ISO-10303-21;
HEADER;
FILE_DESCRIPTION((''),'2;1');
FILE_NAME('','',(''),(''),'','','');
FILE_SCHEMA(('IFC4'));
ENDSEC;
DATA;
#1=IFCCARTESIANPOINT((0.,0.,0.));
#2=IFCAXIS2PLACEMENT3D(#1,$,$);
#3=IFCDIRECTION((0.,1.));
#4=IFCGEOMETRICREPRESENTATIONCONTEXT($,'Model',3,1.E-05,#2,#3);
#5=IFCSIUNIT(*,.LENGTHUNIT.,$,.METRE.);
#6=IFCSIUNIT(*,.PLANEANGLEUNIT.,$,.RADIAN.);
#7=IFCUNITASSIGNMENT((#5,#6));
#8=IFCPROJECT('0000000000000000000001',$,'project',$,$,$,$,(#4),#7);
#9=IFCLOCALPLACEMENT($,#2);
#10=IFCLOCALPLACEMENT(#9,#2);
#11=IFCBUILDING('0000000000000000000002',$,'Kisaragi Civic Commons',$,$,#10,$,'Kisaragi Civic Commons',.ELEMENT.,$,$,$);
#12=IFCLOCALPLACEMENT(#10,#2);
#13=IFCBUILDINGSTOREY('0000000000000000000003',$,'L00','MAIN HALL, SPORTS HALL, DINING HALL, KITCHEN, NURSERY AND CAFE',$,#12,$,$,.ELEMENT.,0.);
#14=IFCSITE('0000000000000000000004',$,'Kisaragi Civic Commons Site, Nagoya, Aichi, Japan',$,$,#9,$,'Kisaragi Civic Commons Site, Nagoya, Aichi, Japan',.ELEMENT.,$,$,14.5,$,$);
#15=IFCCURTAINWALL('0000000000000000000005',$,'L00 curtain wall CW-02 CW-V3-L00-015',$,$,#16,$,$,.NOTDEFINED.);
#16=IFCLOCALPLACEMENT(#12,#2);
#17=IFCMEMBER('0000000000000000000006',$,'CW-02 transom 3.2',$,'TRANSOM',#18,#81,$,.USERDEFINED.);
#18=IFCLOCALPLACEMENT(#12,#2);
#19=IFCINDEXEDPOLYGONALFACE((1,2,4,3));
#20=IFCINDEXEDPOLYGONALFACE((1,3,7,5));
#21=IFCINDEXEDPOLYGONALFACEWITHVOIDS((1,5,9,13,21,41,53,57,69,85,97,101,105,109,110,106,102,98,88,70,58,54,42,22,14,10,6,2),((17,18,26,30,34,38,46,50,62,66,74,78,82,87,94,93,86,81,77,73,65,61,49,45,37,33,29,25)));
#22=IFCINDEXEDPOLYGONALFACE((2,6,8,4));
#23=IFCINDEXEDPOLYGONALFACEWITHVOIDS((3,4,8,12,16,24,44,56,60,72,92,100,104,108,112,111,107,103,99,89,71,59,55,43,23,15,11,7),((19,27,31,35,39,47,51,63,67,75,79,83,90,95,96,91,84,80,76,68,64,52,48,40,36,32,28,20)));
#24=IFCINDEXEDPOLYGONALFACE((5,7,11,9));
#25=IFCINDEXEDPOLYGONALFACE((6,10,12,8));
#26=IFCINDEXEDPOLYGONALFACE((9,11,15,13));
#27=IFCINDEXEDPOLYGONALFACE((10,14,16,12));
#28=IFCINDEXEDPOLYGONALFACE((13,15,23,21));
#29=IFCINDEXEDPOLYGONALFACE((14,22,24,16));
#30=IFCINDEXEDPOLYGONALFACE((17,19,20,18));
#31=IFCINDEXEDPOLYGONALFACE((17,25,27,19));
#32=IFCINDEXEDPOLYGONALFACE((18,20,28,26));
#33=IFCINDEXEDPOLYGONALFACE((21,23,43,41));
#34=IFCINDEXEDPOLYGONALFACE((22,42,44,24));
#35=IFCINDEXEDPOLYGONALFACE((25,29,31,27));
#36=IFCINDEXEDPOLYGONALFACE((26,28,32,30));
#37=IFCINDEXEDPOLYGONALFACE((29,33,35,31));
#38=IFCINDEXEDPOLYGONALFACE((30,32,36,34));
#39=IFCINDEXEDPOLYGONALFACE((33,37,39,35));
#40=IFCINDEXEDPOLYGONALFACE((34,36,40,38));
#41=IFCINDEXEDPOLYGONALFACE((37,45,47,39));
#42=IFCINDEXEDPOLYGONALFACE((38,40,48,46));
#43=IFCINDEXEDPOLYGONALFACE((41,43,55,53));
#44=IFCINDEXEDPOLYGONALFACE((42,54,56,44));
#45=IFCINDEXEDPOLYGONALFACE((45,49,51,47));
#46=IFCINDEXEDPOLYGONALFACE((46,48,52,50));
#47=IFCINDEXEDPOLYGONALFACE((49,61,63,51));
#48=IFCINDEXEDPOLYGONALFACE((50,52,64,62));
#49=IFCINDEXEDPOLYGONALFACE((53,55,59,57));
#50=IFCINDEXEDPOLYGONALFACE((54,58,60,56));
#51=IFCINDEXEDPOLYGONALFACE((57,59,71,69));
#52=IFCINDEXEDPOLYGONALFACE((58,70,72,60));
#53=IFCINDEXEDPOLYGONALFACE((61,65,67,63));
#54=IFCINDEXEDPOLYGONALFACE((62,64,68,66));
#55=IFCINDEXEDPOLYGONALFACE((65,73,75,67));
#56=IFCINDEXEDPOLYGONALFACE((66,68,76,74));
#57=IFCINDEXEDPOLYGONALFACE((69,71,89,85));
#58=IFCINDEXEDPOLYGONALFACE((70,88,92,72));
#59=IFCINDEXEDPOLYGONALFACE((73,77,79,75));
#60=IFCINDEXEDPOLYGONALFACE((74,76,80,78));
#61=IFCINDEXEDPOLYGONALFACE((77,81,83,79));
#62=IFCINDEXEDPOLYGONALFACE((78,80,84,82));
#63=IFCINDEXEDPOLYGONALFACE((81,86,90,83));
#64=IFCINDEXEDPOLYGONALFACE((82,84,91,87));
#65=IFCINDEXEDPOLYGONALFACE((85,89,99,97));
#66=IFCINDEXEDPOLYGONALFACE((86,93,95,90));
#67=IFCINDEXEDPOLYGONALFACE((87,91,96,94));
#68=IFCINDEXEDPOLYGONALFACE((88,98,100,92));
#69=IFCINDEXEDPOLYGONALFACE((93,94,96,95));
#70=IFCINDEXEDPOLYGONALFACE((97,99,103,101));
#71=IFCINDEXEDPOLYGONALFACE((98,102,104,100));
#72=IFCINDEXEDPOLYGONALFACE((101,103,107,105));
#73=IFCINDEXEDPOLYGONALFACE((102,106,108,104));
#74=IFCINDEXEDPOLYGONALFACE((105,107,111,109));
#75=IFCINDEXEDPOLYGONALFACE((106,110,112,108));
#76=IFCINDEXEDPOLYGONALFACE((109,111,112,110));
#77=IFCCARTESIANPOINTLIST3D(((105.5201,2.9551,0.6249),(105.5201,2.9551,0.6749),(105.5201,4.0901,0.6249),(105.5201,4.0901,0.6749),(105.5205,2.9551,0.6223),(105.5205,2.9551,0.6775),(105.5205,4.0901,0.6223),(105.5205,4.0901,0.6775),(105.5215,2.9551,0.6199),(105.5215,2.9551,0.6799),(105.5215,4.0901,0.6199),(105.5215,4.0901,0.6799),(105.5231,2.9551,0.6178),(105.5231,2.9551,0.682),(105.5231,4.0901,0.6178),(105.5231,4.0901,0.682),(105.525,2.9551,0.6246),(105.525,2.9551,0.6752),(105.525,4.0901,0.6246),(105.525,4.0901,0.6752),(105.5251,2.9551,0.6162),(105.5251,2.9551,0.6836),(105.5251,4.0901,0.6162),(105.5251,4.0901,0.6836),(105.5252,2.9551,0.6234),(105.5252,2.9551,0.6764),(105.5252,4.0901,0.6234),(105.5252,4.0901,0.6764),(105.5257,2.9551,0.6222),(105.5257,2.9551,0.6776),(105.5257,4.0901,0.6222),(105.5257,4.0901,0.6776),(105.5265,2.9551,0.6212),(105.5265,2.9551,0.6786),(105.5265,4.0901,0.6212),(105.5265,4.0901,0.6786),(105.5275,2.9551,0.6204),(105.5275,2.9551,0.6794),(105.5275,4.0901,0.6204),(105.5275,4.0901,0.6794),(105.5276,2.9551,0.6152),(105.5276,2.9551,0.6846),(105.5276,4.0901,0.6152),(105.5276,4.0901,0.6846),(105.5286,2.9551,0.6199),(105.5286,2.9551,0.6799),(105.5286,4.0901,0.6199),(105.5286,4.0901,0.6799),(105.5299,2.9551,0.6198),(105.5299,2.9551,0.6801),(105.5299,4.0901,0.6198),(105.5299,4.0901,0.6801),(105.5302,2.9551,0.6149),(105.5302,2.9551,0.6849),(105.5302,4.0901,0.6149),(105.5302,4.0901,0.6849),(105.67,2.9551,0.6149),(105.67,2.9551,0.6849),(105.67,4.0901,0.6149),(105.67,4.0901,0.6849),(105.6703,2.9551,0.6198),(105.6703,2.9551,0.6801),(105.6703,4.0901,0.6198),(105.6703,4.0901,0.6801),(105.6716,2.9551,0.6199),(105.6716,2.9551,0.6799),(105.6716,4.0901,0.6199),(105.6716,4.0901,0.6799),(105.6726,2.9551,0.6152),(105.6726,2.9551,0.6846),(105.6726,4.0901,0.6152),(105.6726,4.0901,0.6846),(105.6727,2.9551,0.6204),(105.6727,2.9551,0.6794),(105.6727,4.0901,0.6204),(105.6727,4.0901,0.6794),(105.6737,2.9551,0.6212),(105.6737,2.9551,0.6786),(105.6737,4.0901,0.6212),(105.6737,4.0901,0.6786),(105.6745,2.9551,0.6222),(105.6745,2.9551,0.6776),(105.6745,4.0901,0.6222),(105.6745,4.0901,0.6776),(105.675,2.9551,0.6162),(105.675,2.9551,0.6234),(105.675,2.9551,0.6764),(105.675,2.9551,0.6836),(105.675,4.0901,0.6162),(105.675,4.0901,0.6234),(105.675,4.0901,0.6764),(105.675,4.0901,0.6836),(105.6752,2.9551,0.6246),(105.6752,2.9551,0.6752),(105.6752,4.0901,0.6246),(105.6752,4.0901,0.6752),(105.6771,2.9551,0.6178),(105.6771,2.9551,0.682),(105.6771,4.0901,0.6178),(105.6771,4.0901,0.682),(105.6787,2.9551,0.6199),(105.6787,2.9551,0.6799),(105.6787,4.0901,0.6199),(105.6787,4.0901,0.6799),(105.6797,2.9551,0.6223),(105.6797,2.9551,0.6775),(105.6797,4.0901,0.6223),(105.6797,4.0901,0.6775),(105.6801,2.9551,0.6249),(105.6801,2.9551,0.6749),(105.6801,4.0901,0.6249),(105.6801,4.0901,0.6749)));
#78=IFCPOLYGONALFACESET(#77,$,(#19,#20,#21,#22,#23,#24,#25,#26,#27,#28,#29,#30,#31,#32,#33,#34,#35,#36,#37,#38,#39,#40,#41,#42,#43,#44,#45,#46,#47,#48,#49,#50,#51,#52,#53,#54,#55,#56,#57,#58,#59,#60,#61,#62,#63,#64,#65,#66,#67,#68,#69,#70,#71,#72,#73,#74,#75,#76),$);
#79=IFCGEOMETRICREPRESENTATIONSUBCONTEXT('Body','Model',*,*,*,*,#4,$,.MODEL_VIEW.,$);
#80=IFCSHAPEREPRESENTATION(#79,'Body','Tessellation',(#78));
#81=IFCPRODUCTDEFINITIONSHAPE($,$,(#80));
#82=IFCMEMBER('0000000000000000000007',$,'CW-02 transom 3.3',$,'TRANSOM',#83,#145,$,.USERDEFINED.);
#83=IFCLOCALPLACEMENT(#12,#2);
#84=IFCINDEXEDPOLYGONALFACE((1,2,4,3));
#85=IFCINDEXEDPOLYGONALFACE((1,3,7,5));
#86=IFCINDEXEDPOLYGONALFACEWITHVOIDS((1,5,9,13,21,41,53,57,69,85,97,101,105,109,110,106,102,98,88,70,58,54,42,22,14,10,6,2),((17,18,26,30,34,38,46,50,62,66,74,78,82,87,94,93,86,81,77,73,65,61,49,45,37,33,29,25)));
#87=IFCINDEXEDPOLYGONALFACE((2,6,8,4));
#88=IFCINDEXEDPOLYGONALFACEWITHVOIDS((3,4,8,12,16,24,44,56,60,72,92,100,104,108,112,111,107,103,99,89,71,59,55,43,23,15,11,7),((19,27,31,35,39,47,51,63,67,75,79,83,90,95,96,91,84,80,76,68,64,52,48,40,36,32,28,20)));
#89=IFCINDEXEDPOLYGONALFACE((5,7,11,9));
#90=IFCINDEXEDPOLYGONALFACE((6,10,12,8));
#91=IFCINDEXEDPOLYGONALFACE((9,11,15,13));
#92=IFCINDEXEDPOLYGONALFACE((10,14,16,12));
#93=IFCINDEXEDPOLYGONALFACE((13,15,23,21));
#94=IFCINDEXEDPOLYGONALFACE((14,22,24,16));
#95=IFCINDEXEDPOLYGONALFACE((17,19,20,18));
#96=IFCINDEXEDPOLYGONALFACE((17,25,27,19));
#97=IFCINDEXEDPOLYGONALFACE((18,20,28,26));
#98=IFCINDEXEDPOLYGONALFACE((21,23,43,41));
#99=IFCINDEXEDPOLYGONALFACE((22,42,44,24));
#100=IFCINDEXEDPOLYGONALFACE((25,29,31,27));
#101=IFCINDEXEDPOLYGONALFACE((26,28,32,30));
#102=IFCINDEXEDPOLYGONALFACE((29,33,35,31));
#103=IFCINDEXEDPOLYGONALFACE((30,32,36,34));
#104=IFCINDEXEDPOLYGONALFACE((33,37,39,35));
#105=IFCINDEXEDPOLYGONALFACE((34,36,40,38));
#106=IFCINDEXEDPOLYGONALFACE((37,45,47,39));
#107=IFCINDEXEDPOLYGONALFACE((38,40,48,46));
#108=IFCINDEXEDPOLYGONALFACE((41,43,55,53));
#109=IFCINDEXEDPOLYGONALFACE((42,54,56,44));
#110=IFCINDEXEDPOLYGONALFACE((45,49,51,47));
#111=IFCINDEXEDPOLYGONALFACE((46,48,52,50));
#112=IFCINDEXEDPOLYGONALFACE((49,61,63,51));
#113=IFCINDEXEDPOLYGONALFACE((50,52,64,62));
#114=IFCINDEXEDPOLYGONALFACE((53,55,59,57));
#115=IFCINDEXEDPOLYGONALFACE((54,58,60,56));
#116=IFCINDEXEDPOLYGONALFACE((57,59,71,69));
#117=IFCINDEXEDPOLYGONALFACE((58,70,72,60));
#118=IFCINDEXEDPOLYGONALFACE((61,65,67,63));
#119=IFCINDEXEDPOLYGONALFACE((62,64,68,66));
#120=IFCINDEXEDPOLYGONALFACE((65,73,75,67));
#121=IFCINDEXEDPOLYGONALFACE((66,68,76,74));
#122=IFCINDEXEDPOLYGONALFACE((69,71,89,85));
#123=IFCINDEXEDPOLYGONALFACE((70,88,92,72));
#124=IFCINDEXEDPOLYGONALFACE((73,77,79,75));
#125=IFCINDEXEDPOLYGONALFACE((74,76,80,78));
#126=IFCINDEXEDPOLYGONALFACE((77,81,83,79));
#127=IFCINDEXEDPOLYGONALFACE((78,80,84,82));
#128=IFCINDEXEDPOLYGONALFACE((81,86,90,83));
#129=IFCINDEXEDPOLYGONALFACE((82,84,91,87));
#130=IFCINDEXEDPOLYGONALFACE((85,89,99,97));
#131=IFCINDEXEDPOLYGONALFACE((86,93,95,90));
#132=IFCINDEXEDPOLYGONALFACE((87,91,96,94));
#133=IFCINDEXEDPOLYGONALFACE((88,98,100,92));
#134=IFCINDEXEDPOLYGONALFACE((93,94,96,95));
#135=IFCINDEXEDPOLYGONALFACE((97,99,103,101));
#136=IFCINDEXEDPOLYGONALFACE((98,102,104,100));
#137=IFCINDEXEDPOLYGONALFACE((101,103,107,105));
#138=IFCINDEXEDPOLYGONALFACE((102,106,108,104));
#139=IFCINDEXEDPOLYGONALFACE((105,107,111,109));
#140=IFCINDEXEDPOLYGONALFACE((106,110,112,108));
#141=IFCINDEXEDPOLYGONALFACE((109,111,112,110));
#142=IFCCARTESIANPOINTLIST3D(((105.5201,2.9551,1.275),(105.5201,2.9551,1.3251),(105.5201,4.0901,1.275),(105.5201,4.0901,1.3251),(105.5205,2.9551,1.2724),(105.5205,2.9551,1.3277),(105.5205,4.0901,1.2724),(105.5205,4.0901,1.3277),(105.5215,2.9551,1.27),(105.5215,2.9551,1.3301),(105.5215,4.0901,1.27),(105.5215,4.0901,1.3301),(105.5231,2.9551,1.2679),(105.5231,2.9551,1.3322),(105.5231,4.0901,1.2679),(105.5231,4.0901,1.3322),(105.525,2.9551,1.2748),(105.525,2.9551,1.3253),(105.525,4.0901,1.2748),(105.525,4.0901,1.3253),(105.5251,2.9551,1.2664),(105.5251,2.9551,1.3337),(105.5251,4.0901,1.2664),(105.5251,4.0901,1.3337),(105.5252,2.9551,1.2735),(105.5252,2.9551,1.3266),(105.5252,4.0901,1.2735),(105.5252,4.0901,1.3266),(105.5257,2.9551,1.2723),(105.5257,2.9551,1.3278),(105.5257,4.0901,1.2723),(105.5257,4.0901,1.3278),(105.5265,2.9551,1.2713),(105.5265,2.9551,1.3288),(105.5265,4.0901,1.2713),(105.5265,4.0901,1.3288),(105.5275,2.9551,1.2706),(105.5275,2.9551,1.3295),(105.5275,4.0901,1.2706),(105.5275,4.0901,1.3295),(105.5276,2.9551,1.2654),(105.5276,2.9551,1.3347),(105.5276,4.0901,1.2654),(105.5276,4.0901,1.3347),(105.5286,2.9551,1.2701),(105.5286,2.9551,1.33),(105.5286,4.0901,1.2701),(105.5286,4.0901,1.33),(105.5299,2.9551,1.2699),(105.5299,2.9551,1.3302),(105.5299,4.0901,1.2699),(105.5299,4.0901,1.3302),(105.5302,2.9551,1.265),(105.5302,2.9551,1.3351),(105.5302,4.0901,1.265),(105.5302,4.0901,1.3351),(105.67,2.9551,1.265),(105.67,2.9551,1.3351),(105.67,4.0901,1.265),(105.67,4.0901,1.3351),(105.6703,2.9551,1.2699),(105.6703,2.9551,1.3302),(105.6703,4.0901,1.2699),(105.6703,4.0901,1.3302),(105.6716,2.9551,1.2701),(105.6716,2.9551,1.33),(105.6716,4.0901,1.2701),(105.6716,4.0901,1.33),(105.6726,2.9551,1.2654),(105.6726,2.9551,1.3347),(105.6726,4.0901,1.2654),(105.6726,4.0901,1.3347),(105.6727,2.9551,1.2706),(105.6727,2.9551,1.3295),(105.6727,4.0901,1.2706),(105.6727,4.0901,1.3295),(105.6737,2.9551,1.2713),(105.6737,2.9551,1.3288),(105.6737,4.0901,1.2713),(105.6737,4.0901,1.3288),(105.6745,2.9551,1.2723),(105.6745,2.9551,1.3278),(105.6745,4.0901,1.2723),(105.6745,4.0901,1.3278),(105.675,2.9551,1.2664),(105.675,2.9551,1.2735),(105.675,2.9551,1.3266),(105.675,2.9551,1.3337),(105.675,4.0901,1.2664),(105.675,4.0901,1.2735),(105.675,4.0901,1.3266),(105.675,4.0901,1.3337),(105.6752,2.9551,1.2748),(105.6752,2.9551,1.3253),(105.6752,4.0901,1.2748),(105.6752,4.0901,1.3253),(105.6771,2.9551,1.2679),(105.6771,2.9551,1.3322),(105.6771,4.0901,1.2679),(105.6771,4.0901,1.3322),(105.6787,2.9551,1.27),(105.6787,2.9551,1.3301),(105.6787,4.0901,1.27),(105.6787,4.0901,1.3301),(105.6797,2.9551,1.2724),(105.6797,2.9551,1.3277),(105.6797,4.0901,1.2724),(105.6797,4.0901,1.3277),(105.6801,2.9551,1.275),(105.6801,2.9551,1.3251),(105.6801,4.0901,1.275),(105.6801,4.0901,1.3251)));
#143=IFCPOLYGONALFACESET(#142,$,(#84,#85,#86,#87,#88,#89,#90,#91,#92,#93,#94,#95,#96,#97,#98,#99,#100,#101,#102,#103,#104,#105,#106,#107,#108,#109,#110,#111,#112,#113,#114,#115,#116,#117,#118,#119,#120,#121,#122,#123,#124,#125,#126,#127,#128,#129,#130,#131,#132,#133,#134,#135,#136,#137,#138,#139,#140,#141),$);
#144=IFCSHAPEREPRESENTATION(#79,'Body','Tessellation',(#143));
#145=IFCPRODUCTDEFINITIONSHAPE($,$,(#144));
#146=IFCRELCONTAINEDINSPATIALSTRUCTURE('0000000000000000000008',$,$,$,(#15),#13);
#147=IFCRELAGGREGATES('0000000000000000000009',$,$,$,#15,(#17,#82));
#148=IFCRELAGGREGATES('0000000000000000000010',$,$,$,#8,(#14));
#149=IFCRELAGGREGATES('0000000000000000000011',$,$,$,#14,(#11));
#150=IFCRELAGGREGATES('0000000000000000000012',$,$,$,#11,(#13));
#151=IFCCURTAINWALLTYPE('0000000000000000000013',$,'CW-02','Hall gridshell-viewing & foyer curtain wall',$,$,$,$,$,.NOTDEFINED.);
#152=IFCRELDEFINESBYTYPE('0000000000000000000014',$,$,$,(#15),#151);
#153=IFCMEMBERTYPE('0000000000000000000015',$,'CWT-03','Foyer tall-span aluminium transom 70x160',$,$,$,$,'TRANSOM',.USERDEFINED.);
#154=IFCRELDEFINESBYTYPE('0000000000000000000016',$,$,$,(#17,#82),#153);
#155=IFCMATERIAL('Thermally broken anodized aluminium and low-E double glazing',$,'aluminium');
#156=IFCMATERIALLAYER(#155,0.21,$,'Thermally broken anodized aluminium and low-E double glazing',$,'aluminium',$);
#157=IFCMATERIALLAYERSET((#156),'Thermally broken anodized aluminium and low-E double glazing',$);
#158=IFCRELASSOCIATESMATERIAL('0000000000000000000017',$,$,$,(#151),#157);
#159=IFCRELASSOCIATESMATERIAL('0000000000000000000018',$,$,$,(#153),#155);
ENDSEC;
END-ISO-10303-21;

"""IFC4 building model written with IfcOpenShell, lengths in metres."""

from ifc_helpers import new_model, si_unit, direction, frame, origin, origin_2d, place, context, subcontext, project, spatial, hollow_rectangle, extrude, material, layer, layer_set, material_profile, profile_set, type_object, element, aggregate, save


model = new_model("IFC4")

# Units and contexts
model_context = context("Model", 3, precision=1e-05, world=origin(), true_north=direction((0.0, 1.0)))
body_context = subcontext(model_context, "Body", "Model", "MODEL_VIEW")
ifc_project = project(units=[si_unit("LENGTHUNIT", "METRE"), si_unit("PLANEANGLEUNIT", "RADIAN")], contexts=[model_context])

# Site, building, storey
site_placement = place(None, origin())
site = spatial("IfcSite", under=ifc_project, at=site_placement, Name="Kisaragi Civic Commons Site, Nagoya, Aichi, Japan", LongName="Kisaragi Civic Commons Site, Nagoya, Aichi, Japan", CompositionType="ELEMENT", RefElevation=14.5)
building_placement = place(site_placement, origin())
building = spatial("IfcBuilding", under=site, at=building_placement, Name="Kisaragi Civic Commons", LongName="Kisaragi Civic Commons", CompositionType="ELEMENT")
storey_placement = place(building_placement, origin())
storey = spatial("IfcBuildingStorey", under=building, at=storey_placement, Name="L00", Description="MAIN HALL, SPORTS HALL, DINING HALL, KITCHEN, NURSERY AND CAFE", CompositionType="ELEMENT", Elevation=0.0)

# Curtain wall
ifc_material_1 = material(Name="Thermally broken anodized aluminium and low-E double glazing", Category="aluminium")
ifc_layer_1 = layer(ifc_material_1, 0.21, Name="Thermally broken anodized aluminium and low-E double glazing", Category="aluminium")
ifc_layer_set_1 = layer_set([ifc_layer_1], Name="Thermally broken anodized aluminium and low-E double glazing")
curtain_wall_type = type_object("IfcCurtainWallType", Name="CW-02", Description="Hall gridshell-viewing & foyer curtain wall", PredefinedType="NOTDEFINED", material=ifc_layer_set_1)
curtain_wall_1_placement = place(storey_placement, origin())
curtain_wall_1 = element("IfcCurtainWall", 1, at=curtain_wall_1_placement, inside=storey, type_object=curtain_wall_type, Name="L00 curtain wall CW-02 CW-V3-L00-015", PredefinedType="NOTDEFINED")

# Members
ifc_material_profile_1 = material_profile(ifc_material_1, hollow_rectangle(XDim=0.1599, YDim=0.0701, WallThickness=0.0049, InnerFilletRadius=0.0049, OuterFilletRadius=0.01, at=origin_2d()), Name="CWT-70x160x5", Category="aluminium")
ifc_profile_set_1 = profile_set([ifc_material_profile_1], Name="Thermally broken anodized aluminium and low-E double glazing")
member_type_1 = type_object("IfcMemberType", Name="CWT-03", Description="Foyer tall-span aluminium transom 70x160", ElementType="TRANSOM", PredefinedType="USERDEFINED", material=ifc_profile_set_1)
member_1_placement = place(storey_placement, frame((105.6001, 2.9551, 0.6499), z_axis=(0.0, 1.0, 0.0), x_axis=(-1.0, 0.0, 0.0)))
member_1 = element("IfcMember", 2, at=member_1_placement, type_object=member_type_1, Name="CW-02 transom 3.2", ObjectType="TRANSOM", PredefinedType="USERDEFINED", context=body_context, shape_type="SweptSolid", body=[
    extrude(hollow_rectangle(XDim=0.1599, YDim=0.0701, WallThickness=0.0049, InnerFilletRadius=0.0049, OuterFilletRadius=0.01, at=origin_2d()), origin(), (0.0, 0.0, 1.0), 1.135),
])
member_2_placement = place(storey_placement, frame((105.6001, 2.9551, 1.3), z_axis=(0.0, 1.0, 0.0), x_axis=(-1.0, 0.0, 0.0)))
member_2 = element("IfcMember", 3, at=member_2_placement, type_object=member_type_1, Name="CW-02 transom 3.3", ObjectType="TRANSOM", PredefinedType="USERDEFINED", context=body_context, shape_type="SweptSolid", body=[
    extrude(hollow_rectangle(XDim=0.1599, YDim=0.0701, WallThickness=0.0049, InnerFilletRadius=0.0049, OuterFilletRadius=0.01, at=origin_2d()), origin(), (0.0, 0.0, 1.0), 1.135),
])

aggregate(curtain_wall_1, [member_1, member_2])

save(model, "model.ifc")
